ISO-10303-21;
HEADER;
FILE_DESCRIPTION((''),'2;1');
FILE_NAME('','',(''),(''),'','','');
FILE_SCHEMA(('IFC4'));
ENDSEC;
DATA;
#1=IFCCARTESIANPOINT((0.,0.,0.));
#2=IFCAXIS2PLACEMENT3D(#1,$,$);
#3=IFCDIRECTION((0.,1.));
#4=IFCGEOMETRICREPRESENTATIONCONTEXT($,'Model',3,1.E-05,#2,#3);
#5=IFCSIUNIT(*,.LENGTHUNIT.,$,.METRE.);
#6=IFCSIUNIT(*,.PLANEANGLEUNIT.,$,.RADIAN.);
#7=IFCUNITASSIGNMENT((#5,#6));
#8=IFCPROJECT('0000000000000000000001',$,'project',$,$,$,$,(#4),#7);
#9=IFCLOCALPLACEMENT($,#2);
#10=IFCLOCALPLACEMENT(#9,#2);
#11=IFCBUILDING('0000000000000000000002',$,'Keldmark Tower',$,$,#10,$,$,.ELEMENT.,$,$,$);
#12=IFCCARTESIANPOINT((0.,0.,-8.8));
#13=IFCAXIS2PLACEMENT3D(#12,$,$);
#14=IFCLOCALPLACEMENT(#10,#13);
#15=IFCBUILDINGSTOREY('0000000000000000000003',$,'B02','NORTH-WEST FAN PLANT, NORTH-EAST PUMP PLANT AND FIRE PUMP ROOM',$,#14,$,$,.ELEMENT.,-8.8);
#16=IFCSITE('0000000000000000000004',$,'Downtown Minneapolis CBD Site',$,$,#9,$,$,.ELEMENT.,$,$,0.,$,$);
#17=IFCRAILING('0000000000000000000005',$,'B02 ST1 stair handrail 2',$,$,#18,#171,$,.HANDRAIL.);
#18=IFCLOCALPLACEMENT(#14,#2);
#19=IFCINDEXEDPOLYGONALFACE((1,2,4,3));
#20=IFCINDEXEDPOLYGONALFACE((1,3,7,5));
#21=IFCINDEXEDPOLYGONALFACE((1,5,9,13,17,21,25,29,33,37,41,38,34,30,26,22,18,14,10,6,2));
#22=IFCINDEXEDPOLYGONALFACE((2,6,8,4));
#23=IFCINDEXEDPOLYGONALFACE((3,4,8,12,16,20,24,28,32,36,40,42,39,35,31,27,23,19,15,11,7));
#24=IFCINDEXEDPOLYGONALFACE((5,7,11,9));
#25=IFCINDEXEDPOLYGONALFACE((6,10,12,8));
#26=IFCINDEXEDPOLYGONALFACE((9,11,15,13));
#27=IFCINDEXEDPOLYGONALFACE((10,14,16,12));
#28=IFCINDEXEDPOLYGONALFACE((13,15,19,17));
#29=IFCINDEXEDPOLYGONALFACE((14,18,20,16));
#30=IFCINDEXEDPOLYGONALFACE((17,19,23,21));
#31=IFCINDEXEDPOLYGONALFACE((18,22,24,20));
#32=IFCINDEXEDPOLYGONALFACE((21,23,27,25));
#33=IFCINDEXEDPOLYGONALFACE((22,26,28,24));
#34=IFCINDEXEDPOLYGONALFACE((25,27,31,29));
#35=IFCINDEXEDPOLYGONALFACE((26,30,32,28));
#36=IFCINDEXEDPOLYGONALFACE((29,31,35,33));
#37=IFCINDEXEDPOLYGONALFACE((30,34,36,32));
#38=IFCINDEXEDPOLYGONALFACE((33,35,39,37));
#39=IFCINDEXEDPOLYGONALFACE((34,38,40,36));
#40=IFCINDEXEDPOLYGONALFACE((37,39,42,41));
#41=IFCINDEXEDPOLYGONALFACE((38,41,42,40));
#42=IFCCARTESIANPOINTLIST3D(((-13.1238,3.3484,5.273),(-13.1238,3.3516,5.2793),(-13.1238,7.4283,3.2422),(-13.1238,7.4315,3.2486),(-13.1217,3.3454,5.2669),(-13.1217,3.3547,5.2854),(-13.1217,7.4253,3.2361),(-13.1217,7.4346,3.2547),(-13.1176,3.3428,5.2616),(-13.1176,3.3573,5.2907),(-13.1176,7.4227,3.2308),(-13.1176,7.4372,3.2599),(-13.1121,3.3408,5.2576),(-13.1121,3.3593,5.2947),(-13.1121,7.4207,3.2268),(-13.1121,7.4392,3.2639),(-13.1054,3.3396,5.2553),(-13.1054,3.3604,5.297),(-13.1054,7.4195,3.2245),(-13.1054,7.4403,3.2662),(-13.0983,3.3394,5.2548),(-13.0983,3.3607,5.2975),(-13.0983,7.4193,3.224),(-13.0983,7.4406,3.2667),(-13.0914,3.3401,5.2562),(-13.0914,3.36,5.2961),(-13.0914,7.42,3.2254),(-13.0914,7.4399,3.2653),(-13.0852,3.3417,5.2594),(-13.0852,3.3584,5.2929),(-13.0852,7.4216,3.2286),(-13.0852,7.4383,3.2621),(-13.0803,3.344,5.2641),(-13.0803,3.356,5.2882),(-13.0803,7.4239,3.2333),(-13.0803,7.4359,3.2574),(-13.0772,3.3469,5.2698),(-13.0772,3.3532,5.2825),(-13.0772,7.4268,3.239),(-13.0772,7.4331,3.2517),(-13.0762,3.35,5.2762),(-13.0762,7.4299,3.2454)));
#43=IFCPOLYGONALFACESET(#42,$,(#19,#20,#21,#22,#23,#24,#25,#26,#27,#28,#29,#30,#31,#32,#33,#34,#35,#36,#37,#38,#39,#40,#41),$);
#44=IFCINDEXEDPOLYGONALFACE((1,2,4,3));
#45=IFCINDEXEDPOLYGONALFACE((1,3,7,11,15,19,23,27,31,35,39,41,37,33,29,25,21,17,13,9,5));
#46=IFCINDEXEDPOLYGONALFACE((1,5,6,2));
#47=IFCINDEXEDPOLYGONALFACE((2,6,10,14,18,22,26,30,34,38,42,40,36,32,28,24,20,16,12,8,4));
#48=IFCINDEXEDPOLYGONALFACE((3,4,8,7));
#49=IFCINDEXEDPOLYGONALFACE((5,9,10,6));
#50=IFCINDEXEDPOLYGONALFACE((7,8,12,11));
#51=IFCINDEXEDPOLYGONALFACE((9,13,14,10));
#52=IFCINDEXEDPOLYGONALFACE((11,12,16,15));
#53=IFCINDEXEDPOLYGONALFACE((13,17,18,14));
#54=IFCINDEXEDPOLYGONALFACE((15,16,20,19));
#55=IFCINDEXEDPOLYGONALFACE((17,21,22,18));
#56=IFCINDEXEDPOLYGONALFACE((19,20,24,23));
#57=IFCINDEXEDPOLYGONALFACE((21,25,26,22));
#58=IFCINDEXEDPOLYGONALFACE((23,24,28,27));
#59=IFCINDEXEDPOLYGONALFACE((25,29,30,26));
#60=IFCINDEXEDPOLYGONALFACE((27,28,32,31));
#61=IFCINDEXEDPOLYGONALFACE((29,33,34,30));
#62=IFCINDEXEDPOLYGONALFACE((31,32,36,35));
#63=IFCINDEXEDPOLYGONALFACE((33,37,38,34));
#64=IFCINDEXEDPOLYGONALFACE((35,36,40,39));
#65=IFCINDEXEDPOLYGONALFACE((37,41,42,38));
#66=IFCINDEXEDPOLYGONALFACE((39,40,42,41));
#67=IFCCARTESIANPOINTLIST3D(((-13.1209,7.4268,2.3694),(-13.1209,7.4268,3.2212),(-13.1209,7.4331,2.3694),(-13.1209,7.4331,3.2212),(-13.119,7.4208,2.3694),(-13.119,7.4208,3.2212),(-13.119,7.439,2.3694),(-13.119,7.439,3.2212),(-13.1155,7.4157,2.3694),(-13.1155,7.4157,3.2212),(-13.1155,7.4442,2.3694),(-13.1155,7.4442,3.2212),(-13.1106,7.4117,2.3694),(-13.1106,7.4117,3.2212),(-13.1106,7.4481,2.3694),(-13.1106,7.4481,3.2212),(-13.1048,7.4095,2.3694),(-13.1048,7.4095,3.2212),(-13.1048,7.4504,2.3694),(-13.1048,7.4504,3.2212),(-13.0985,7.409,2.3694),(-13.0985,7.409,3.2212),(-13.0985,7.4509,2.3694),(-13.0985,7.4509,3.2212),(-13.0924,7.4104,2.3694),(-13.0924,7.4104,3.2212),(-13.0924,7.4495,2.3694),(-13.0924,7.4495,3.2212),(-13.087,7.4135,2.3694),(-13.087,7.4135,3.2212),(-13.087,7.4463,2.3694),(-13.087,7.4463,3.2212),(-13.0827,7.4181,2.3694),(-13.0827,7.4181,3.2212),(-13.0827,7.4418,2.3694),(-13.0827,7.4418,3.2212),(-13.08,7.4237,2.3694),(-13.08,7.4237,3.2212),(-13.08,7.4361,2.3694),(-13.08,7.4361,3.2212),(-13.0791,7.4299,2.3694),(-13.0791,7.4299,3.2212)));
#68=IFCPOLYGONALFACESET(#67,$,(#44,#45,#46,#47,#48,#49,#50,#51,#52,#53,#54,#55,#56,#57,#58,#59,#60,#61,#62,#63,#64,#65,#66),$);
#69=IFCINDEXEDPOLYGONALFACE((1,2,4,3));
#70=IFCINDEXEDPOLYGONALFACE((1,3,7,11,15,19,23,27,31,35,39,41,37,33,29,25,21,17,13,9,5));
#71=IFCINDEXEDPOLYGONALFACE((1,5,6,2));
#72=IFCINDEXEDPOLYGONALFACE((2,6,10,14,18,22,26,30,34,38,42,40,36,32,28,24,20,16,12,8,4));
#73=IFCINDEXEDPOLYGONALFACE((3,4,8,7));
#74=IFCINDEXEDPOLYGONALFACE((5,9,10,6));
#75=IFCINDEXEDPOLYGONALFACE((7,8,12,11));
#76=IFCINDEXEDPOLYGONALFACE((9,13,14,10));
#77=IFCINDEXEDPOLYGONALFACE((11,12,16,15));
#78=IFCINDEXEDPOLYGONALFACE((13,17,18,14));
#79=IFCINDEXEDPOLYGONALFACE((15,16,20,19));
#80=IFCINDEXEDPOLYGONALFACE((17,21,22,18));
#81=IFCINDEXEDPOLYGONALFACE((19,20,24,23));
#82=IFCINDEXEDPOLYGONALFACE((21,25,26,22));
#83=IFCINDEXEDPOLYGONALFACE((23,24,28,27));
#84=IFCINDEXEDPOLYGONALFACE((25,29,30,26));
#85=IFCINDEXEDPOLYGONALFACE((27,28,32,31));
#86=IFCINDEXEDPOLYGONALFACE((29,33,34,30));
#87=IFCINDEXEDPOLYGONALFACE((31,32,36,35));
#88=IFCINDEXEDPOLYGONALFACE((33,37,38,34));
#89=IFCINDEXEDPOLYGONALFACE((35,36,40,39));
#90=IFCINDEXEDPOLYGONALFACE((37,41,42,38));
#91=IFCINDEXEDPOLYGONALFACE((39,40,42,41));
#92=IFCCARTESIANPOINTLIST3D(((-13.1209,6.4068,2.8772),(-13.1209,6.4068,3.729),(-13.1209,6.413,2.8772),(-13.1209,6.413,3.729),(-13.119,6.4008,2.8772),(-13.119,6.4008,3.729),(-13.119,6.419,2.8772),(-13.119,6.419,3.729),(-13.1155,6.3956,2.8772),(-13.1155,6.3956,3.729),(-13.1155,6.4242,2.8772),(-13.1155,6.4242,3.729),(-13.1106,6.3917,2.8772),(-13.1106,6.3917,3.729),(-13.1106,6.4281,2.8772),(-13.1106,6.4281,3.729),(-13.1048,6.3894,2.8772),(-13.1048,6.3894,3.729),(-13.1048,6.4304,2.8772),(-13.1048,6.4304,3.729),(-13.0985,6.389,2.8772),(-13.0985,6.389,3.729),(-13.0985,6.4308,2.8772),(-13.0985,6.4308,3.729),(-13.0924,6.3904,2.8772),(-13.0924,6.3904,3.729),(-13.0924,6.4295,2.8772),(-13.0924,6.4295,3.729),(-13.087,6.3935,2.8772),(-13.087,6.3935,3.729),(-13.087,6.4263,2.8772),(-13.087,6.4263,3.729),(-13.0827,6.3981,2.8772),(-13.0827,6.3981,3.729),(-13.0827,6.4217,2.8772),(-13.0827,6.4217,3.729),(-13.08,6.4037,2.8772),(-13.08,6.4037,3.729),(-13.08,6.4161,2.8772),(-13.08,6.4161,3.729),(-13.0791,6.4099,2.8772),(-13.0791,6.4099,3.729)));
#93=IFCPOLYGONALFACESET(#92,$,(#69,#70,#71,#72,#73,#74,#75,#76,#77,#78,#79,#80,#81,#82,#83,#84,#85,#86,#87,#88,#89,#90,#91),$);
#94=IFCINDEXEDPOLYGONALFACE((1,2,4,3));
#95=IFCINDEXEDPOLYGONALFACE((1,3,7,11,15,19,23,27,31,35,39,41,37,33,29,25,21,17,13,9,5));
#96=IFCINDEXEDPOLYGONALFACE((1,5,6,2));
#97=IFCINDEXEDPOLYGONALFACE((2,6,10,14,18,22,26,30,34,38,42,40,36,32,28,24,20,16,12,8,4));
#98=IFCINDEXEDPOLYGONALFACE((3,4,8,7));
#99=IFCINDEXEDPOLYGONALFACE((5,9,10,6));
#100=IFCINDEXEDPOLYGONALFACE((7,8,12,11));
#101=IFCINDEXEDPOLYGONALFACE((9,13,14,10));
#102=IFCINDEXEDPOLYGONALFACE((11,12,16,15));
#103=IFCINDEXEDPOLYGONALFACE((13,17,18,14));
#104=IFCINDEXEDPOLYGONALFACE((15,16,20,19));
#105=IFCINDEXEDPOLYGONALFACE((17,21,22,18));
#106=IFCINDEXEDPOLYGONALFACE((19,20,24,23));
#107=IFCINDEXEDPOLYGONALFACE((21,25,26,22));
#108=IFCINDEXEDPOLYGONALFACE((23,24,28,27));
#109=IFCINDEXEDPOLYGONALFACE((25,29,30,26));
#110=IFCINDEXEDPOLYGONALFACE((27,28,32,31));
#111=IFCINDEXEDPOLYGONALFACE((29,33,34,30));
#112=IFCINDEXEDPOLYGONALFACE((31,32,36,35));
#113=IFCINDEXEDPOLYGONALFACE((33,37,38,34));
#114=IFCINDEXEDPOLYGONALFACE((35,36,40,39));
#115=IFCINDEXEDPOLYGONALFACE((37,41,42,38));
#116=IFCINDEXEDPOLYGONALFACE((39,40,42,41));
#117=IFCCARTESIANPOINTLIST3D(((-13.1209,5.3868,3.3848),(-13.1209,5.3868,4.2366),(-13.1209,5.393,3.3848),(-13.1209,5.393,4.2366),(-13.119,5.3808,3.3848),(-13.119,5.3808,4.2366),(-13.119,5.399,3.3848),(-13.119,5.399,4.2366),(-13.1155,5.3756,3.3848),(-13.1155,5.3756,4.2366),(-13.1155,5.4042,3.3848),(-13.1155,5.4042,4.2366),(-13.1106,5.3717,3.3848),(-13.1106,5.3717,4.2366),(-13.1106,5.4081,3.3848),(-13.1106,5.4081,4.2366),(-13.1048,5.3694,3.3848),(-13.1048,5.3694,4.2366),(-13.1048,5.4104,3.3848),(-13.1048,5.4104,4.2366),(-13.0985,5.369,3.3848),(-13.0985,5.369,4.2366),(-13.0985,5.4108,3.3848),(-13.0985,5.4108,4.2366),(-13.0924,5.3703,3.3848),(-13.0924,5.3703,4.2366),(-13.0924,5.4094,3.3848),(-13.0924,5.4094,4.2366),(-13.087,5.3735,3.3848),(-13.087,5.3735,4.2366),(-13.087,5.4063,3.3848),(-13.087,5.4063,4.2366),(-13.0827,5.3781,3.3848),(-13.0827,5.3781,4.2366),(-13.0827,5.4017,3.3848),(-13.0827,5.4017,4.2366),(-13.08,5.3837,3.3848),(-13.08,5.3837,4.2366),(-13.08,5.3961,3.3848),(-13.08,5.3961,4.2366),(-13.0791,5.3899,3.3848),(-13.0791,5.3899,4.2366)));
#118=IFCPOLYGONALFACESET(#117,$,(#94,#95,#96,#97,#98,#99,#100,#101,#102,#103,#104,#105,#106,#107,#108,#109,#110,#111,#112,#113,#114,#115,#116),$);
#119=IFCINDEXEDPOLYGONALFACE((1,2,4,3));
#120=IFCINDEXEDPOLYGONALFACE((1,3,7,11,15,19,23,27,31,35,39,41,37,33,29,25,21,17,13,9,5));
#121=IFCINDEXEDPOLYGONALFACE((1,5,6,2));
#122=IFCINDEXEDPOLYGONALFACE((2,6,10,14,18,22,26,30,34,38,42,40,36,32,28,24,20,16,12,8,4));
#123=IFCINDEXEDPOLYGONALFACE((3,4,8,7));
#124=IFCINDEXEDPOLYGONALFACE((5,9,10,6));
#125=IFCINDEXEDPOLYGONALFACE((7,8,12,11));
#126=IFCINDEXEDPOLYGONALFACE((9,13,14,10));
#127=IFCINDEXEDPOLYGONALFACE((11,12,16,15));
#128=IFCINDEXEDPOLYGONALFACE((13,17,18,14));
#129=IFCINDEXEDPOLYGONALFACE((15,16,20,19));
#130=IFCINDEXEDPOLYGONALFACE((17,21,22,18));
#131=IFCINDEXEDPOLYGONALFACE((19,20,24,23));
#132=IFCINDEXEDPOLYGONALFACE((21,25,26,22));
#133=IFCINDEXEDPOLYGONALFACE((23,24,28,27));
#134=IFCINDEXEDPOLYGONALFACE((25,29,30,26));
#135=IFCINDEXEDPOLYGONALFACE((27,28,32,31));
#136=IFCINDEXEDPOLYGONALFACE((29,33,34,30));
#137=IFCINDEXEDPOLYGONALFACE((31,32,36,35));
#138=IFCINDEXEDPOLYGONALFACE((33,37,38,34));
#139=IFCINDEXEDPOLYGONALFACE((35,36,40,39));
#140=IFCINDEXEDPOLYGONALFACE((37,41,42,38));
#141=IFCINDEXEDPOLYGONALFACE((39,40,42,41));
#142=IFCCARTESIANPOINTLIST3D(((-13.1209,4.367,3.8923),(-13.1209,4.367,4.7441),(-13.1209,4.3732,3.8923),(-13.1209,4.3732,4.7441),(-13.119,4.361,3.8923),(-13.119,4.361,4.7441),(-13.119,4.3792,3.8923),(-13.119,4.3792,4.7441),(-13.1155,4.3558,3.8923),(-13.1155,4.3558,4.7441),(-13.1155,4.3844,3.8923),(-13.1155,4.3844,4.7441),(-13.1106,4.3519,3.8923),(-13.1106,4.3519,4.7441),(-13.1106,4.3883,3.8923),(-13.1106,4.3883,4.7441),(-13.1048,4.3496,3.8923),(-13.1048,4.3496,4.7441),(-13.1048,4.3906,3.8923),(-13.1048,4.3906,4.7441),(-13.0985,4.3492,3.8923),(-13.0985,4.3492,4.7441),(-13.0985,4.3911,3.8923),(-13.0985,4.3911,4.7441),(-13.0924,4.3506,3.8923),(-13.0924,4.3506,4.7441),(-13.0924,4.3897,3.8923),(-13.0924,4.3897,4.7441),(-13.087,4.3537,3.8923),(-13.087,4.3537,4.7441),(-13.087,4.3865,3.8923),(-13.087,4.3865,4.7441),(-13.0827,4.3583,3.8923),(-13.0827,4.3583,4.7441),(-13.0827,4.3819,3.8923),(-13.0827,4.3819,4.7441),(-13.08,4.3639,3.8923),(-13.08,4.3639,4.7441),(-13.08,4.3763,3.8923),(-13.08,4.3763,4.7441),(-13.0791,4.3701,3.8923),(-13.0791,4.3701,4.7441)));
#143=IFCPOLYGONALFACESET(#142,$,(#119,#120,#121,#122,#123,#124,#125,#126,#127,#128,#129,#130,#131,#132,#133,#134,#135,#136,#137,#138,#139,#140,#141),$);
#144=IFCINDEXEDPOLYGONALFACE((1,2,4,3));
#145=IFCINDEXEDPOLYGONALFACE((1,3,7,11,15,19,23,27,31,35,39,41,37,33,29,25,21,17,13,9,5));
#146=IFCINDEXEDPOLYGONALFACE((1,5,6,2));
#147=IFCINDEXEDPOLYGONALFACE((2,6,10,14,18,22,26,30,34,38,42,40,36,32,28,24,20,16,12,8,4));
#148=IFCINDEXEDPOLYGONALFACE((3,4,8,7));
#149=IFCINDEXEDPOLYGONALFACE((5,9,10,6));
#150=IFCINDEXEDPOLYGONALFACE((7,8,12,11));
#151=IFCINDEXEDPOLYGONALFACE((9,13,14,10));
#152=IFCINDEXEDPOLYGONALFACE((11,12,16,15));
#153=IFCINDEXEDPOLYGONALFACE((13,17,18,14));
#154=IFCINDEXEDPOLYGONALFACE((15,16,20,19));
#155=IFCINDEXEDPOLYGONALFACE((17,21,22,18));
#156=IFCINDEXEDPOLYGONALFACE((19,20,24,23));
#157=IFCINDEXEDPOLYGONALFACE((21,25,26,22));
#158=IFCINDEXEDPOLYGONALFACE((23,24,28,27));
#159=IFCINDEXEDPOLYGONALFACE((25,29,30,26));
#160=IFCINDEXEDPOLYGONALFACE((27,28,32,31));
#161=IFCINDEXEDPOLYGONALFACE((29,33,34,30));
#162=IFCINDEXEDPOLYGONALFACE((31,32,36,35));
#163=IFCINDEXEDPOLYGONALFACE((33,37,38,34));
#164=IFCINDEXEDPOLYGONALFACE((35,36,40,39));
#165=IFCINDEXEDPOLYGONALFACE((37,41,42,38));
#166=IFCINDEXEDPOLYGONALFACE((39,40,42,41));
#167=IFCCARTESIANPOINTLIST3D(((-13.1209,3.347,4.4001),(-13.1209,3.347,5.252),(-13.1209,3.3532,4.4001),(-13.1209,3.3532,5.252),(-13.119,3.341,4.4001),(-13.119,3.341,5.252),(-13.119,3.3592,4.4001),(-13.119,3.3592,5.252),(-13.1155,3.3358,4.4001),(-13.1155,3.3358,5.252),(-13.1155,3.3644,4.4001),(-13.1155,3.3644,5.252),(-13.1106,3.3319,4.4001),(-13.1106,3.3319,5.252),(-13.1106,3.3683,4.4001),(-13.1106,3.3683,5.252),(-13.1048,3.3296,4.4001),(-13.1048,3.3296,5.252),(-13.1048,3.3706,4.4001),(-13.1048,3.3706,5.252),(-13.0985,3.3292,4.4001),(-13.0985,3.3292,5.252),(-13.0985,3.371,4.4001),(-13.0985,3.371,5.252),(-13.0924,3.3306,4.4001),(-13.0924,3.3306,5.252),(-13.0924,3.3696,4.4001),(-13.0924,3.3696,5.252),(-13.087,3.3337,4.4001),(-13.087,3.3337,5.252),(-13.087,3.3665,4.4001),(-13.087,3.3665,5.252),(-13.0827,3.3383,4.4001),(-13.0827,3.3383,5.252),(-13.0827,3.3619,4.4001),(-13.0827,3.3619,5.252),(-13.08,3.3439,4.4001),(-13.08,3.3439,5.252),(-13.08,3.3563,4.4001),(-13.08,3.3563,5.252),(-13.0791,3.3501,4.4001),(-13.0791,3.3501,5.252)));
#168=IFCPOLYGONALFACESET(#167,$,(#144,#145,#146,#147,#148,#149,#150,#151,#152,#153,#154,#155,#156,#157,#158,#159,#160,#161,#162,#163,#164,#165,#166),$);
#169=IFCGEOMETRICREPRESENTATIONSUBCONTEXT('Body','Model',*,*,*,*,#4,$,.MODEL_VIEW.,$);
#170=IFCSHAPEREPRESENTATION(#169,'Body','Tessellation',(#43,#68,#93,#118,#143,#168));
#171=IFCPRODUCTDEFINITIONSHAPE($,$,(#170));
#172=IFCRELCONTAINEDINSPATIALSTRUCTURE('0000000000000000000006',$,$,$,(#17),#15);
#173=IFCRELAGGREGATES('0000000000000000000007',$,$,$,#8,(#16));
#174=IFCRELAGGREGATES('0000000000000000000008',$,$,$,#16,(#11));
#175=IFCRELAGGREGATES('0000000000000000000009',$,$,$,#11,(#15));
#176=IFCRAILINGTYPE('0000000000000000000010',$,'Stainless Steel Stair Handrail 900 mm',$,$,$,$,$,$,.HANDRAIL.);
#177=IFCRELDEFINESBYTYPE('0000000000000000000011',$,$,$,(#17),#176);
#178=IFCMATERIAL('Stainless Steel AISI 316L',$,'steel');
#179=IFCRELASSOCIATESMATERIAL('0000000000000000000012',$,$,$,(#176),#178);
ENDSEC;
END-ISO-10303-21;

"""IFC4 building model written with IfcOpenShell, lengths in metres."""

from ifc_helpers import new_model, si_unit, direction, frame, origin, origin_2d, place, context, subcontext, project, spatial, circle, extrude, material, type_object, element, save


model = new_model("IFC4")

# Units and contexts
model_context = context("Model", 3, precision=1e-05, world=origin(), true_north=direction((0.0, 1.0)))
body_context = subcontext(model_context, "Body", "Model", "MODEL_VIEW")
ifc_project = project(units=[si_unit("LENGTHUNIT", "METRE"), si_unit("PLANEANGLEUNIT", "RADIAN")], contexts=[model_context])

# Site, building, storey
site_placement = place(None, origin())
site = spatial("IfcSite", under=ifc_project, at=site_placement, Name="Downtown Minneapolis CBD Site", CompositionType="ELEMENT", RefElevation=0.0)
building_placement = place(site_placement, origin())
building = spatial("IfcBuilding", under=site, at=building_placement, Name="Keldmark Tower", CompositionType="ELEMENT")
storey_placement = place(building_placement, frame((0.0, 0.0, -8.8)))
storey = spatial("IfcBuildingStorey", under=building, at=storey_placement, Name="B02", Description="NORTH-WEST FAN PLANT, NORTH-EAST PUMP PLANT AND FIRE PUMP ROOM", CompositionType="ELEMENT", Elevation=-8.8)

# Railing
ifc_material_1 = material(Name="Stainless Steel AISI 316L", Category="steel")
railing_type_1 = type_object("IfcRailingType", Name="Stainless Steel Stair Handrail 900 mm", PredefinedType="HANDRAIL", material=ifc_material_1)
railing_1_placement = place(storey_placement, frame((-13.1001, 7.4299, 2.3694)))
element("IfcRailing", 1, at=railing_1_placement, inside=storey, type_object=railing_type_1, Name="B02 ST1 stair handrail 2", PredefinedType="HANDRAIL", context=body_context, shape_type="SweptSolid", body=[
    extrude(circle(Radius=0.0239, at=origin_2d()), frame((0.0, 0.0, 0.876), z_axis=(0.0, -0.895229, 0.445606), x_axis=(1.0, 0.0, 0.0)), (0.0, 0.0, 1.0), 4.5574),
    extrude(circle(Radius=0.021, at=origin_2d()), origin(), (0.0, 0.0, 1.0), 0.8518),
    extrude(circle(Radius=0.021, at=origin_2d()), frame((0.0, -1.02, 0.5078)), (0.0, 0.0, 1.0), 0.8518),
    extrude(circle(Radius=0.021, at=origin_2d()), frame((0.0, -2.04, 1.0154)), (0.0, 0.0, 1.0), 0.8518),
    extrude(circle(Radius=0.021, at=origin_2d()), frame((0.0, -3.0598, 1.5229)), (0.0, 0.0, 1.0), 0.8518),
    extrude(circle(Radius=0.021, at=origin_2d()), frame((0.0, -4.0798, 2.0308)), (0.0, 0.0, 1.0), 0.8518),
])

save(model, "model.ifc")
